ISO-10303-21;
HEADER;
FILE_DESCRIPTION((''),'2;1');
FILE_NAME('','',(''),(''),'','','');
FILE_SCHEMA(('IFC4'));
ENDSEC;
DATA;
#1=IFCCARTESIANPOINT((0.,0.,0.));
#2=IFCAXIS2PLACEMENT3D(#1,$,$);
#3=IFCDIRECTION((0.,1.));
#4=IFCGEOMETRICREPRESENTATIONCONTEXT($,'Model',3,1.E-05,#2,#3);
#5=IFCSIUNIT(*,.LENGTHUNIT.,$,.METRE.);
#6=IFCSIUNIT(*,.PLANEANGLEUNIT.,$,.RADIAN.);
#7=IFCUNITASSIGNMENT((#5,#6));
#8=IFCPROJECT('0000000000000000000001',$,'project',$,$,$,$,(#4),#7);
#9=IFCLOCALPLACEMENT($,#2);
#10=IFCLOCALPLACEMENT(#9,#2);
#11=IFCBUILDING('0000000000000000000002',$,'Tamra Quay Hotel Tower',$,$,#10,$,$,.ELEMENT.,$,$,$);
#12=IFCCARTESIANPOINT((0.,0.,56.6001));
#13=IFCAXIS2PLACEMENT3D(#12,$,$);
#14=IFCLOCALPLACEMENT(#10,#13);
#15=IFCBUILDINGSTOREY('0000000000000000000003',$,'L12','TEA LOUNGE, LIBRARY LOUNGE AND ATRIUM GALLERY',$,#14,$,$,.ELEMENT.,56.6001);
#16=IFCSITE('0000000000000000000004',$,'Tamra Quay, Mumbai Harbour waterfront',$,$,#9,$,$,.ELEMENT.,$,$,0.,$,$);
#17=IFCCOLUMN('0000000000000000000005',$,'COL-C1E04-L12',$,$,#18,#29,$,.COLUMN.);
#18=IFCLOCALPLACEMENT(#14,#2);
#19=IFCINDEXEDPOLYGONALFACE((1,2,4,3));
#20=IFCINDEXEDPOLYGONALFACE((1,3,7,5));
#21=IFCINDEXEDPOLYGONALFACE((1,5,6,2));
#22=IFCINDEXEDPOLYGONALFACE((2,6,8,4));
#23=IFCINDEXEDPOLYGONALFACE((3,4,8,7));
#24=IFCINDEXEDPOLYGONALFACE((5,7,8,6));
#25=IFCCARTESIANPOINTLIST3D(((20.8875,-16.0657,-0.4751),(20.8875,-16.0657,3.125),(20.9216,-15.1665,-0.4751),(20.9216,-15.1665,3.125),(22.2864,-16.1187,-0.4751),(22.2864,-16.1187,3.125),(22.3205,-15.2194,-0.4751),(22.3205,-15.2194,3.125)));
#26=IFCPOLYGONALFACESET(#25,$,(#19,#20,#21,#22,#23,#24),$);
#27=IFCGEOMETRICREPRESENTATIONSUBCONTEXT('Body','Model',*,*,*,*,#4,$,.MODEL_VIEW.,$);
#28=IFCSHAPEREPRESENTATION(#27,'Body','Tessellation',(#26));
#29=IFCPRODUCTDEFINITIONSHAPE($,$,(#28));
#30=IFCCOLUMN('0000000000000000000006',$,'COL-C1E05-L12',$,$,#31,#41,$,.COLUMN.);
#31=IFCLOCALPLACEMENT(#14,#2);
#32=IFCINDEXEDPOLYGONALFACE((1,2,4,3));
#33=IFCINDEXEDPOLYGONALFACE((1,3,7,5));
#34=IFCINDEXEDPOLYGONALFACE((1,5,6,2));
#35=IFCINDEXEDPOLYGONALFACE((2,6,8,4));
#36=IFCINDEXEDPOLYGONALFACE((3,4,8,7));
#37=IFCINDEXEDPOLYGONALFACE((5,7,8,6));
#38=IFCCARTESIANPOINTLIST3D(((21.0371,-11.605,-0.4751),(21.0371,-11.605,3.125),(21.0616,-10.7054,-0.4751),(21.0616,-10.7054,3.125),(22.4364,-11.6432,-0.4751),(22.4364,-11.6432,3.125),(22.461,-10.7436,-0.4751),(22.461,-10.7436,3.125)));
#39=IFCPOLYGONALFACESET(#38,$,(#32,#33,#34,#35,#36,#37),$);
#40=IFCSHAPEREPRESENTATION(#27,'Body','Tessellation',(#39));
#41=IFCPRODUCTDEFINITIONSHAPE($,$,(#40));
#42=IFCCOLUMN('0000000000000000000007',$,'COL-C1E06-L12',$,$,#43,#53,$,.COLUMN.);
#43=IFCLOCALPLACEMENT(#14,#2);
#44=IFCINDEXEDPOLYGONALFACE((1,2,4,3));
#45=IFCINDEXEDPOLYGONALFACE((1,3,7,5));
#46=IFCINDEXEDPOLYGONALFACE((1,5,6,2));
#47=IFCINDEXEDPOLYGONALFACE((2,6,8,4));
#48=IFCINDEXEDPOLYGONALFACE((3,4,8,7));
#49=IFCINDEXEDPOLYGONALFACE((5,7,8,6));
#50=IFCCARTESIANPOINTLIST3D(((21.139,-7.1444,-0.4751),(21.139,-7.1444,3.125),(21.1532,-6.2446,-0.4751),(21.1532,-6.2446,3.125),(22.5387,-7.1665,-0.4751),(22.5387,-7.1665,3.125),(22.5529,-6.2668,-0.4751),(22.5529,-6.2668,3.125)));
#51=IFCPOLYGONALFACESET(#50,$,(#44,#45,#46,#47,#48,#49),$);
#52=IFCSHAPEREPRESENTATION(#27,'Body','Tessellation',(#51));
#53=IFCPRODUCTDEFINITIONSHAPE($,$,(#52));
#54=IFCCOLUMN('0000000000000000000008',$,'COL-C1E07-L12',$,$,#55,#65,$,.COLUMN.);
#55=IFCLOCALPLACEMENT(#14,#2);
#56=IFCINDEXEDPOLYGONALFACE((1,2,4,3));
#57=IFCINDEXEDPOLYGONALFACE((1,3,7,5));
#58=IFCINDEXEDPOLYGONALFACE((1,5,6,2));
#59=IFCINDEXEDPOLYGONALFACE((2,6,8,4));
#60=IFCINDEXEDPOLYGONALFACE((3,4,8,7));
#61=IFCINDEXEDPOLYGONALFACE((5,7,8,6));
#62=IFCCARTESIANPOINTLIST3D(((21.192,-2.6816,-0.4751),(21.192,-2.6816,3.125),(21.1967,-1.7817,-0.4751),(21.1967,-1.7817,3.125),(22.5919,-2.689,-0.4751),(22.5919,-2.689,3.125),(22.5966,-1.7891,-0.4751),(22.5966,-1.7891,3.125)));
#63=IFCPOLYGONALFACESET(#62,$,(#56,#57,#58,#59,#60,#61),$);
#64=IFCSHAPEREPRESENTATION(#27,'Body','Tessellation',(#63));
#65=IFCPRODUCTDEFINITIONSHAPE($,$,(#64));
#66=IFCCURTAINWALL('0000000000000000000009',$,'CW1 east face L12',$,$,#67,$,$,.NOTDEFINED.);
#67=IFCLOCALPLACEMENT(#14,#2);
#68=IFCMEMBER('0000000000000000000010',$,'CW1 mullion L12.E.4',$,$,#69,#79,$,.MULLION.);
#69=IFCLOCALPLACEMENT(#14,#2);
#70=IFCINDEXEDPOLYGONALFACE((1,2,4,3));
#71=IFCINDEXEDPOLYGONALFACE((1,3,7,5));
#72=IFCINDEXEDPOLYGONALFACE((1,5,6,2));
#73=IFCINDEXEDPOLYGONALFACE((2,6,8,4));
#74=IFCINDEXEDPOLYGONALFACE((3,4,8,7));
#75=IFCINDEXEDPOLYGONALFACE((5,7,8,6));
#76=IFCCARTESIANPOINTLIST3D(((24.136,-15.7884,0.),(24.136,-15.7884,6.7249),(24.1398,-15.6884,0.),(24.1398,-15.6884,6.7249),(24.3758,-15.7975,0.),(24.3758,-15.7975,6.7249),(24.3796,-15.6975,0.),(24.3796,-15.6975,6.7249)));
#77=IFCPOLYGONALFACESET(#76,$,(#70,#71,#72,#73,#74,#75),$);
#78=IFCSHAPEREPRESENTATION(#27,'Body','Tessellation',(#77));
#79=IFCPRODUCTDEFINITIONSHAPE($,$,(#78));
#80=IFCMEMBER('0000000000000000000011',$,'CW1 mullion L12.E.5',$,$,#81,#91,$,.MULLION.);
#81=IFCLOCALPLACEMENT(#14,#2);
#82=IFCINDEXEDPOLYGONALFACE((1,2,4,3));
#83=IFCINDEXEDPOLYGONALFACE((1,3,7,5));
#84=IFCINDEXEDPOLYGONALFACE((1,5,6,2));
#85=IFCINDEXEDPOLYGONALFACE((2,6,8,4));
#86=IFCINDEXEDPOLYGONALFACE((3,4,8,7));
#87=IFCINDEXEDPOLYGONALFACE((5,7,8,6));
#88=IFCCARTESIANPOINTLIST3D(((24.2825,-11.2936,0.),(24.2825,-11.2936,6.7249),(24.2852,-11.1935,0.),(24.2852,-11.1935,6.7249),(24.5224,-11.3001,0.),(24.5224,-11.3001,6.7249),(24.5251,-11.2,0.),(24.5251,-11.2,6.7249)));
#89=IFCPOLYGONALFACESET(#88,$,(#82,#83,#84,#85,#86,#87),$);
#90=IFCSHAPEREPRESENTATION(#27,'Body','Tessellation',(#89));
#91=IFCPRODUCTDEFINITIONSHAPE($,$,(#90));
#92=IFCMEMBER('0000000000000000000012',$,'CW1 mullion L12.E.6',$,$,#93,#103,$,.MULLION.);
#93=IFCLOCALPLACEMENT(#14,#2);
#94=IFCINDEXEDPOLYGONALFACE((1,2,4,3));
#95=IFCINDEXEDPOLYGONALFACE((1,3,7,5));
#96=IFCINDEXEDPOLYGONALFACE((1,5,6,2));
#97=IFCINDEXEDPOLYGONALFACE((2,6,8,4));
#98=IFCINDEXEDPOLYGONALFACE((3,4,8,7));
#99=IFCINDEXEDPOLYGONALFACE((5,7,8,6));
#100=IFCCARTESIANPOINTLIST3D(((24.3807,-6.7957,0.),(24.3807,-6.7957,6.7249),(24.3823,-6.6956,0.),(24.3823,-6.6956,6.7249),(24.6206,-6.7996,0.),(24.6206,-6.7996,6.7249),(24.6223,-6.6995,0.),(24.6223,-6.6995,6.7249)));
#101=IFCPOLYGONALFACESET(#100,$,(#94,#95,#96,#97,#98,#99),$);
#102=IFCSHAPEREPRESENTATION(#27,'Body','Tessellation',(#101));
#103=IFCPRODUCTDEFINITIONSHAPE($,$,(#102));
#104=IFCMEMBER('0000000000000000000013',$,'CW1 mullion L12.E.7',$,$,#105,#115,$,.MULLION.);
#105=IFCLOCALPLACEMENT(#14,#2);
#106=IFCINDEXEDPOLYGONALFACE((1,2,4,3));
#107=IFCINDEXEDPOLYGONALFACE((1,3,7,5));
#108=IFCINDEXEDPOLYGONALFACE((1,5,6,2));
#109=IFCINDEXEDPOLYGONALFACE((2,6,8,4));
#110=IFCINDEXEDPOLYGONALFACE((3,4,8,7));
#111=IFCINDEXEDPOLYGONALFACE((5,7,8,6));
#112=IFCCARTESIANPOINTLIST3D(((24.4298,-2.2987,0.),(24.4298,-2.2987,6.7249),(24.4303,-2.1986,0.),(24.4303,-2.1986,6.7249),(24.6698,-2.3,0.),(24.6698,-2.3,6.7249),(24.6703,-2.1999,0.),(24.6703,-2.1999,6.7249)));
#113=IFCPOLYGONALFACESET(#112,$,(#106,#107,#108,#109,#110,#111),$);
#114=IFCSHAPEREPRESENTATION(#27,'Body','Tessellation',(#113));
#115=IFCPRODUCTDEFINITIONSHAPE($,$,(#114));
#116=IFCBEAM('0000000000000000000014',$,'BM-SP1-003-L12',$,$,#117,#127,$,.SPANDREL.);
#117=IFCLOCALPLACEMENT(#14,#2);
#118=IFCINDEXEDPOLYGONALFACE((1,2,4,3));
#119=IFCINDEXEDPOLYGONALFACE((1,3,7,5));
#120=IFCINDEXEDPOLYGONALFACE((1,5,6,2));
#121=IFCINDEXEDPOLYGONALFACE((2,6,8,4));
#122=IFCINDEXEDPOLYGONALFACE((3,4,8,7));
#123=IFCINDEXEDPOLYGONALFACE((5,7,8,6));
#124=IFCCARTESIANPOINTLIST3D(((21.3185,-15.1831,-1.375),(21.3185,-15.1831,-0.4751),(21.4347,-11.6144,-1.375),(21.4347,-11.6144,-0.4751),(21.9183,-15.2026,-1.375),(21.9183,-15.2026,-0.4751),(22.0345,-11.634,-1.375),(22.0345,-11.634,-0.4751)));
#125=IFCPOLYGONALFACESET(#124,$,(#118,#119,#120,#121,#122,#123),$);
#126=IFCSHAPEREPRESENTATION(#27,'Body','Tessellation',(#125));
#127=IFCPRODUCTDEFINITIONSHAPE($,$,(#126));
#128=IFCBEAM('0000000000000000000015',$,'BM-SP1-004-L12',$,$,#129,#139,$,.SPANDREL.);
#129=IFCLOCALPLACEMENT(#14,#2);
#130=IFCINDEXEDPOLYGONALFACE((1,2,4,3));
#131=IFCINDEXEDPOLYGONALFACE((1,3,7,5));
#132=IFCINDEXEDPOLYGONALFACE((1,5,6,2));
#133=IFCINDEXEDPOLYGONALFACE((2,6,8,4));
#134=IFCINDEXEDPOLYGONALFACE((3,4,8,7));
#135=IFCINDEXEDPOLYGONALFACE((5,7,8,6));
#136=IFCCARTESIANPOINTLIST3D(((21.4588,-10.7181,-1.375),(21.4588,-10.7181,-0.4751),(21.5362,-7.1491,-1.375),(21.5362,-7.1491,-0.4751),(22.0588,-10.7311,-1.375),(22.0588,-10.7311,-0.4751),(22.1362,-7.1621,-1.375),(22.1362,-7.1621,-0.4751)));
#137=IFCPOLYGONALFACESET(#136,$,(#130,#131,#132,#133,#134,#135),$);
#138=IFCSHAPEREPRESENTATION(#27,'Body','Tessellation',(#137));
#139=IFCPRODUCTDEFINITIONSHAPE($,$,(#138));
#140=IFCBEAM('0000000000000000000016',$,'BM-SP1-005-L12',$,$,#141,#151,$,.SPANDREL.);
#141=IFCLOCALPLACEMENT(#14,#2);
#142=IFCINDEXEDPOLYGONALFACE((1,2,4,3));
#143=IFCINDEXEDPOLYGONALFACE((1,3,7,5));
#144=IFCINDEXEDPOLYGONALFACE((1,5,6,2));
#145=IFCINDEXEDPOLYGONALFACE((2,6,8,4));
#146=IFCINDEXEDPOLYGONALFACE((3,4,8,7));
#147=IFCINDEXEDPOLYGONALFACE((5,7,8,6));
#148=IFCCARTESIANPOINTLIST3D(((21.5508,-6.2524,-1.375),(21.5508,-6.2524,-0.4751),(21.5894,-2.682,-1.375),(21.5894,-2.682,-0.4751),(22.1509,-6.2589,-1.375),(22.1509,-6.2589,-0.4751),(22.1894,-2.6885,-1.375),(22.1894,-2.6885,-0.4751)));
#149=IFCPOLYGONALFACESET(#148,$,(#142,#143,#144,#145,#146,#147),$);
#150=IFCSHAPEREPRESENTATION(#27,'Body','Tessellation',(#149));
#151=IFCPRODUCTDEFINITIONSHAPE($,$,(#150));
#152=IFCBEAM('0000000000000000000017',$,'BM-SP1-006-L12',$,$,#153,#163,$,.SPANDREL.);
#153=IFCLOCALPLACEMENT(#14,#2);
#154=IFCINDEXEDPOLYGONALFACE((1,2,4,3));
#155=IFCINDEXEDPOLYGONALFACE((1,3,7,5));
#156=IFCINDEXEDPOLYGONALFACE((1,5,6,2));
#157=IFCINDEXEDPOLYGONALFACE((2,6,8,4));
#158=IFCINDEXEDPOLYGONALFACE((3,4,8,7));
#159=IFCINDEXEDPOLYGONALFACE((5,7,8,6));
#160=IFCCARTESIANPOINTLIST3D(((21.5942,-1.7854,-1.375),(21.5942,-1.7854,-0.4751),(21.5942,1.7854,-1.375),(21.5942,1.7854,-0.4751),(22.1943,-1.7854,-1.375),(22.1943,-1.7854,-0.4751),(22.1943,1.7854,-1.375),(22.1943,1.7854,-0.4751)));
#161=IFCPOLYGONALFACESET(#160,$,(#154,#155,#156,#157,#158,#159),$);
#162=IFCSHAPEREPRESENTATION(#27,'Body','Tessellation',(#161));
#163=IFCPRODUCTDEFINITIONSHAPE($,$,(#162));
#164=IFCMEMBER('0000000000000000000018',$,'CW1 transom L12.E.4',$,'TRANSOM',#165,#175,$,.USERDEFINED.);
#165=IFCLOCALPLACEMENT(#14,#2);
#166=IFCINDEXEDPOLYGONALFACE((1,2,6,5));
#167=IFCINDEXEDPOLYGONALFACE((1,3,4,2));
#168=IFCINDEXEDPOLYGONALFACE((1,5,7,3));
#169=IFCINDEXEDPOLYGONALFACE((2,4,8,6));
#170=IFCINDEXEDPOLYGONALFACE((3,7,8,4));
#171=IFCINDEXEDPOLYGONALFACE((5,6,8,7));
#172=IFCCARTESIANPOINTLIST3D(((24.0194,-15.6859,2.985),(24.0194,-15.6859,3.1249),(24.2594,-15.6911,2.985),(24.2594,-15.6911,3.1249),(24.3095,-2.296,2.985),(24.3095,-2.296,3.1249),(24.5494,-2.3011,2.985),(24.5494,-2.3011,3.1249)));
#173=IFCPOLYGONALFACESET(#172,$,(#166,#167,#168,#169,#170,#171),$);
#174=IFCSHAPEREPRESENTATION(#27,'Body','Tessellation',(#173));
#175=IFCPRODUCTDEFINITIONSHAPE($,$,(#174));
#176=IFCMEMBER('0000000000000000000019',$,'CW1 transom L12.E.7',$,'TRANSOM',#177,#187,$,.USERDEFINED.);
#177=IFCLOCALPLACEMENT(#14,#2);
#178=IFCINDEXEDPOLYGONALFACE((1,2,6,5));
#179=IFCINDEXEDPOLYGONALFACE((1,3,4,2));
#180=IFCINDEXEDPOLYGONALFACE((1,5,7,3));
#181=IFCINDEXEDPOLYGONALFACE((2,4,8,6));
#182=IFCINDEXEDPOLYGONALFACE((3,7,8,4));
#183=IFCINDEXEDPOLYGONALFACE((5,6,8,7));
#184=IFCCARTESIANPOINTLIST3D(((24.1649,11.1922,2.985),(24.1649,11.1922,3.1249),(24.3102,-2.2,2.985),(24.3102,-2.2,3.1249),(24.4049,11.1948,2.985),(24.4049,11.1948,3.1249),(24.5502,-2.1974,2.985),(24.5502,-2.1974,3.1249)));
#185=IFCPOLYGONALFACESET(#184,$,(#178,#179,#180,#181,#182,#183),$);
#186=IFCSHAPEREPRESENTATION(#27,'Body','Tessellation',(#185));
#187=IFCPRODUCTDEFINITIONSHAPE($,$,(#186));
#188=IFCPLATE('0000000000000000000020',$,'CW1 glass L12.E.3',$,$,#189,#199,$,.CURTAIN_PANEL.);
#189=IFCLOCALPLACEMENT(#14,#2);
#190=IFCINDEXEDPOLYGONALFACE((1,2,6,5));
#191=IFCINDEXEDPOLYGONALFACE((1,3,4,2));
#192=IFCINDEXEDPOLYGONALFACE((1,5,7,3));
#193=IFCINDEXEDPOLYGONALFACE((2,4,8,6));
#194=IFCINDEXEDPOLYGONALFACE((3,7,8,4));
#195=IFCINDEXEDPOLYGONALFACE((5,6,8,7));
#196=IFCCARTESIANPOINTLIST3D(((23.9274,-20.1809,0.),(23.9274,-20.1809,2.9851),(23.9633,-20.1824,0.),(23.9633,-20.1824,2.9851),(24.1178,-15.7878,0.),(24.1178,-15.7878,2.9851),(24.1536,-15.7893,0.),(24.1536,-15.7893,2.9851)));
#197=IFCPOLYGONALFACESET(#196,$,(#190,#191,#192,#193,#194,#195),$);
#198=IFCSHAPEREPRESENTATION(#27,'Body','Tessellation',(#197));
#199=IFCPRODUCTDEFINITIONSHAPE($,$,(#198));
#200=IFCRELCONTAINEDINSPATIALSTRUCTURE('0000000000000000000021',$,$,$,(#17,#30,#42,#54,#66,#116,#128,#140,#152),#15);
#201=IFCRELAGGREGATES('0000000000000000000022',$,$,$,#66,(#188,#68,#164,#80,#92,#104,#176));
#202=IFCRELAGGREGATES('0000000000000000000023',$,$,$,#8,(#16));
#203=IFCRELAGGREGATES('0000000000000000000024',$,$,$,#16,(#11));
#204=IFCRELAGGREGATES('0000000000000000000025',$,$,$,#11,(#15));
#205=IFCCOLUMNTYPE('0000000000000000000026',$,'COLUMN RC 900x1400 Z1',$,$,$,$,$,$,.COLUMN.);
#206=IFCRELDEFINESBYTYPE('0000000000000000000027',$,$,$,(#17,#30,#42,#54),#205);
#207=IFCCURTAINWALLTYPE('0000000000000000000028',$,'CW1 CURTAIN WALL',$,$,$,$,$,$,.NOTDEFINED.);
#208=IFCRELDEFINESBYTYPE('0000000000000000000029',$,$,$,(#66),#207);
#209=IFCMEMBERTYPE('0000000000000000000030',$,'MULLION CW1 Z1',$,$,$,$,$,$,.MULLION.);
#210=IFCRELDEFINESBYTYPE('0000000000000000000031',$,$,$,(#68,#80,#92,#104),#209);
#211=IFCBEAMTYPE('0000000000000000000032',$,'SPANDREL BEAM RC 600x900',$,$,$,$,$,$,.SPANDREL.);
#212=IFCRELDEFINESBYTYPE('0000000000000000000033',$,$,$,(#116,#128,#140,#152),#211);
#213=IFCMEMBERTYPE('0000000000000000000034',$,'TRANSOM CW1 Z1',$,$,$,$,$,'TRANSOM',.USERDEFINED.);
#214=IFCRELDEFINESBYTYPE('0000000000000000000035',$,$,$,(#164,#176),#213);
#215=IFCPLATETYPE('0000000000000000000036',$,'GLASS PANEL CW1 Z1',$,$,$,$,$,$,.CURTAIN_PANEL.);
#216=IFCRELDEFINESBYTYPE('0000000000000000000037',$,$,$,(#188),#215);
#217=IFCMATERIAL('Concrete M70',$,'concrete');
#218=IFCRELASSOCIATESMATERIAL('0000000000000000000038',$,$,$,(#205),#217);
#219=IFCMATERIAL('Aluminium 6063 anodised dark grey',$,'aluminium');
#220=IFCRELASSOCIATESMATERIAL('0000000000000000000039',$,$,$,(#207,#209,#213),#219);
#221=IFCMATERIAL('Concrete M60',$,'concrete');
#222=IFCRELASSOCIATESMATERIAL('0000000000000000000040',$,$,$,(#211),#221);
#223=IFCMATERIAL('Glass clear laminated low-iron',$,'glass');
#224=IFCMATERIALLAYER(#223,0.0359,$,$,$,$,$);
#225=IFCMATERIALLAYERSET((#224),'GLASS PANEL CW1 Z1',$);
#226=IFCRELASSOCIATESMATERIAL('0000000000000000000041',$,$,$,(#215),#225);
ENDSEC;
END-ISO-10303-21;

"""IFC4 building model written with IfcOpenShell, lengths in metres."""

from ifc_helpers import new_model, si_unit, direction, frame, origin, origin_2d, place, context, subcontext, project, spatial, rectangle, extrude, material, layer, layer_set, material_profile, profile_set, type_object, element, aggregate, save


model = new_model("IFC4")

# Units and contexts
model_context = context("Model", 3, precision=1e-05, world=origin(), true_north=direction((0.0, 1.0)))
body_context = subcontext(model_context, "Body", "Model", "MODEL_VIEW")
ifc_project = project(units=[si_unit("LENGTHUNIT", "METRE"), si_unit("PLANEANGLEUNIT", "RADIAN")], contexts=[model_context])

# Site, building, storey
site_placement = place(None, origin())
site = spatial("IfcSite", under=ifc_project, at=site_placement, Name="Tamra Quay, Mumbai Harbour waterfront", CompositionType="ELEMENT", RefElevation=0.0)
building_placement = place(site_placement, origin())
building = spatial("IfcBuilding", under=site, at=building_placement, Name="Tamra Quay Hotel Tower", CompositionType="ELEMENT")
storey_placement = place(building_placement, frame((0.0, 0.0, 56.6001)))
storey = spatial("IfcBuildingStorey", under=building, at=storey_placement, Name="L12", Description="TEA LOUNGE, LIBRARY LOUNGE AND ATRIUM GALLERY", CompositionType="ELEMENT", Elevation=56.6001)

# Columns
ifc_material_1 = material(Name="Concrete M70", Category="concrete")
ifc_material_profile_1 = material_profile(ifc_material_1, rectangle(XDim=1.3999, YDim=0.8999, at=origin_2d()), Name="COLUMN RC 900x1400 Z1")
ifc_profile_set_1 = profile_set([ifc_material_profile_1], Name="Concrete M70")
column_type = type_object("IfcColumnType", Name="COLUMN RC 900x1400 Z1", PredefinedType="COLUMN", material=ifc_profile_set_1)
for number, where, z_axis, x_axis, name in (
    (1, (21.604, -15.6426, -0.4751), (0.0, 0.0, 1.0), (-0.999285, 0.037812, 0.0), "COL-C1E04-L12"),
    (2, (21.749, -11.1743, -0.4751), (0.0, 0.0, 1.0), (-0.999628, 0.027269, 0.0), "COL-C1E05-L12"),
    (3, (21.8459, -6.7056, -0.4751), (0.0, 0.0, 1.0), (-0.999875, 0.015838, 0.0), "COL-C1E06-L12"),
    (4, (21.8943, -2.2354, -0.4751), (0.0, 0.0, 1.0), (-0.999986, 0.00528, 0.0), "COL-C1E07-L12"),
):
    element("IfcColumn", number, at=place(storey_placement, frame(where, z_axis=z_axis, x_axis=x_axis)), inside=storey, type_object=column_type, Name=name, PredefinedType="COLUMN", context=body_context, shape_type="SweptSolid", body=[
        extrude(rectangle(XDim=1.3999, YDim=0.8999, at=origin_2d()), origin(), (0.0, 0.0, 1.0), 3.6001),
    ])

# Curtain wall, members
ifc_material_2 = material(Name="Aluminium 6063 anodised dark grey", Category="aluminium")
curtain_wall_type = type_object("IfcCurtainWallType", Name="CW1 CURTAIN WALL", PredefinedType="NOTDEFINED", material=ifc_material_2)
curtain_wall_placement = place(storey_placement, origin())
curtain_wall = element("IfcCurtainWall", 5, at=curtain_wall_placement, inside=storey, type_object=curtain_wall_type, Name="CW1 east face L12", PredefinedType="NOTDEFINED")
ifc_material_profile_2 = material_profile(ifc_material_2, rectangle(XDim=0.24, YDim=0.1001, at=origin_2d()), Name="MULLION 100X240")
ifc_profile_set_2 = profile_set([ifc_material_profile_2], Name="Aluminium 6063 anodised dark grey")
member_type_1 = type_object("IfcMemberType", Name="MULLION CW1 Z1", PredefinedType="MULLION", material=ifc_profile_set_2)
member_1_placement = place(storey_placement, frame((24.2578, -15.7429, 0.0), z_axis=(0.0, 0.0, 1.0), x_axis=(0.999282, -0.037881, 0.0)))
member_1 = element("IfcMember", 6, at=member_1_placement, type_object=member_type_1, Name="CW1 mullion L12.E.4", PredefinedType="MULLION", context=body_context, shape_type="SweptSolid", body=[
    extrude(rectangle(XDim=0.24, YDim=0.1001, at=origin_2d()), origin(), (0.0, 0.0, 1.0), 6.7249),
])
member_2_placement = place(storey_placement, frame((24.4038, -11.2468, 0.0), z_axis=(0.0, 0.0, 1.0), x_axis=(0.999634, -0.027067, 0.0)))
member_2 = element("IfcMember", 7, at=member_2_placement, type_object=member_type_1, Name="CW1 mullion L12.E.5", PredefinedType="MULLION", context=body_context, shape_type="SweptSolid", body=[
    extrude(rectangle(XDim=0.24, YDim=0.1001, at=origin_2d()), origin(), (0.0, 0.0, 1.0), 6.7249),
])
member_3_placement = place(storey_placement, frame((24.5015, -6.7476, 0.0), z_axis=(0.0, 0.0, 1.0), x_axis=(0.999868, -0.016247, 0.0)))
member_3 = element("IfcMember", 8, at=member_3_placement, type_object=member_type_1, Name="CW1 mullion L12.E.6", PredefinedType="MULLION", context=body_context, shape_type="SweptSolid", body=[
    extrude(rectangle(XDim=0.24, YDim=0.1001, at=origin_2d()), origin(), (0.0, 0.0, 1.0), 6.7249),
])
member_4_placement = place(storey_placement, frame((24.55, -2.2493, 0.0), z_axis=(0.0, 0.0, 1.0), x_axis=(0.999985, -0.005418, 0.0)))
member_4 = element("IfcMember", 9, at=member_4_placement, type_object=member_type_1, Name="CW1 mullion L12.E.7", PredefinedType="MULLION", context=body_context, shape_type="SweptSolid", body=[
    extrude(rectangle(XDim=0.24, YDim=0.1001, at=origin_2d()), origin(), (0.0, 0.0, 1.0), 6.7249),
])

# Beams
ifc_material_3 = material(Name="Concrete M60", Category="concrete")
ifc_material_profile_3 = material_profile(ifc_material_3, rectangle(XDim=0.6001, YDim=0.8999, at=origin_2d()), Name="SPANDREL BEAM RC 600x900")
ifc_profile_set_3 = profile_set([ifc_material_profile_3], Name="Concrete M60")
beam_type = type_object("IfcBeamType", Name="SPANDREL BEAM RC 600x900", PredefinedType="SPANDREL", material=ifc_profile_set_3)
beam_1_placement = place(storey_placement, frame((21.6184, -15.1929, -0.925), z_axis=(0.032548, 0.99947, 0.0), x_axis=(-0.99947, 0.032548, 0.0)))
element("IfcBeam", 10, at=beam_1_placement, inside=storey, type_object=beam_type, Name="BM-SP1-003-L12", PredefinedType="SPANDREL", context=body_context, shape_type="SweptSolid", body=[
    extrude(rectangle(XDim=0.6001, YDim=0.8999, at=origin_2d()), origin(), (0.0, 0.0, 1.0), 3.5706),
])
beam_2_placement = place(storey_placement, frame((21.7588, -10.7246, -0.925), z_axis=(0.021679, 0.999765, 0.0), x_axis=(-0.999765, 0.021679, 0.0)))
element("IfcBeam", 11, at=beam_2_placement, inside=storey, type_object=beam_type, Name="BM-SP1-004-L12", PredefinedType="SPANDREL", context=body_context, shape_type="SweptSolid", body=[
    extrude(rectangle(XDim=0.6001, YDim=0.8999, at=origin_2d()), origin(), (0.0, 0.0, 1.0), 3.5698),
])
beam_3_placement = place(storey_placement, frame((21.8508, -6.2556, -0.925), z_axis=(0.010804, 0.999942, 0.0), x_axis=(-0.999942, 0.010804, 0.0)))
element("IfcBeam", 12, at=beam_3_placement, inside=storey, type_object=beam_type, Name="BM-SP1-005-L12", PredefinedType="SPANDREL", context=body_context, shape_type="SweptSolid", body=[
    extrude(rectangle(XDim=0.6001, YDim=0.8999, at=origin_2d()), origin(), (0.0, 0.0, 1.0), 3.5706),
])
beam_4_placement = place(storey_placement, frame((21.8943, -1.7854, -0.925), z_axis=(0.0, 1.0, 0.0), x_axis=(-1.0, 0.0, 0.0)))
element("IfcBeam", 13, at=beam_4_placement, inside=storey, type_object=beam_type, Name="BM-SP1-006-L12", PredefinedType="SPANDREL", context=body_context, shape_type="SweptSolid", body=[
    extrude(rectangle(XDim=0.6001, YDim=0.8999, at=origin_2d()), origin(), (0.0, 0.0, 1.0), 3.5708),
])

# Members
ifc_material_profile_4 = material_profile(ifc_material_2, rectangle(XDim=0.24, YDim=0.1399, at=origin_2d()), Name="TRANSOM 240X140")
ifc_profile_set_4 = profile_set([ifc_material_profile_4], Name="Aluminium 6063 anodised dark grey")
member_type_2 = type_object("IfcMemberType", Name="TRANSOM CW1 Z1", ElementType="TRANSOM", PredefinedType="USERDEFINED", material=ifc_profile_set_4)
member_5_placement = place(storey_placement, frame((24.1394, -15.6885, 3.0549), z_axis=(0.021656, 0.999765, 0.0), x_axis=(-0.999765, 0.021656, 0.0)))
member_5 = element("IfcMember", 14, at=member_5_placement, type_object=member_type_2, Name="CW1 transom L12.E.4", ObjectType="TRANSOM", PredefinedType="USERDEFINED", context=body_context, shape_type="SweptSolid", body=[
    extrude(rectangle(XDim=0.24, YDim=0.1399, at=origin_2d()), origin(), (0.0, 0.0, 1.0), 13.3931),
])
member_6_placement = place(storey_placement, frame((24.4302, -2.1987, 3.0549), z_axis=(-0.010846, 0.999941, 0.0), x_axis=(-0.999941, -0.010846, 0.0)))
member_6 = element("IfcMember", 15, at=member_6_placement, type_object=member_type_2, Name="CW1 transom L12.E.7", ObjectType="TRANSOM", PredefinedType="USERDEFINED", context=body_context, shape_type="SweptSolid", body=[
    extrude(rectangle(XDim=0.24, YDim=0.1399, at=origin_2d()), origin(), (0.0, 0.0, 1.0), 13.3931),
])

# Plate
ifc_material_4 = material(Name="Glass clear laminated low-iron", Category="glass")
ifc_layer_1 = layer(ifc_material_4, 0.0359)
ifc_layer_set_1 = layer_set([ifc_layer_1], Name="GLASS PANEL CW1 Z1")
plate_type = type_object("IfcPlateType", Name="GLASS PANEL CW1 Z1", PredefinedType="CURTAIN_PANEL", material=ifc_layer_set_1)
plate_1_placement = place(storey_placement, frame((24.0405, -17.9851, 0.0), z_axis=(0.0, 0.0, 1.0), x_axis=(0.043285, 0.999063, 0.0)))
plate_1 = element("IfcPlate", 16, at=plate_1_placement, type_object=plate_type, Name="CW1 glass L12.E.3", PredefinedType="CURTAIN_PANEL", context=body_context, shape_type="SweptSolid", body=[
    extrude(rectangle(XDim=4.3972, YDim=0.0359, at=origin_2d()), origin(), (0.0, 0.0, 1.0), 2.9851),
])
aggregate(curtain_wall, [plate_1, member_1, member_5, member_2, member_3, member_4, member_6])

save(model, "model.ifc")
